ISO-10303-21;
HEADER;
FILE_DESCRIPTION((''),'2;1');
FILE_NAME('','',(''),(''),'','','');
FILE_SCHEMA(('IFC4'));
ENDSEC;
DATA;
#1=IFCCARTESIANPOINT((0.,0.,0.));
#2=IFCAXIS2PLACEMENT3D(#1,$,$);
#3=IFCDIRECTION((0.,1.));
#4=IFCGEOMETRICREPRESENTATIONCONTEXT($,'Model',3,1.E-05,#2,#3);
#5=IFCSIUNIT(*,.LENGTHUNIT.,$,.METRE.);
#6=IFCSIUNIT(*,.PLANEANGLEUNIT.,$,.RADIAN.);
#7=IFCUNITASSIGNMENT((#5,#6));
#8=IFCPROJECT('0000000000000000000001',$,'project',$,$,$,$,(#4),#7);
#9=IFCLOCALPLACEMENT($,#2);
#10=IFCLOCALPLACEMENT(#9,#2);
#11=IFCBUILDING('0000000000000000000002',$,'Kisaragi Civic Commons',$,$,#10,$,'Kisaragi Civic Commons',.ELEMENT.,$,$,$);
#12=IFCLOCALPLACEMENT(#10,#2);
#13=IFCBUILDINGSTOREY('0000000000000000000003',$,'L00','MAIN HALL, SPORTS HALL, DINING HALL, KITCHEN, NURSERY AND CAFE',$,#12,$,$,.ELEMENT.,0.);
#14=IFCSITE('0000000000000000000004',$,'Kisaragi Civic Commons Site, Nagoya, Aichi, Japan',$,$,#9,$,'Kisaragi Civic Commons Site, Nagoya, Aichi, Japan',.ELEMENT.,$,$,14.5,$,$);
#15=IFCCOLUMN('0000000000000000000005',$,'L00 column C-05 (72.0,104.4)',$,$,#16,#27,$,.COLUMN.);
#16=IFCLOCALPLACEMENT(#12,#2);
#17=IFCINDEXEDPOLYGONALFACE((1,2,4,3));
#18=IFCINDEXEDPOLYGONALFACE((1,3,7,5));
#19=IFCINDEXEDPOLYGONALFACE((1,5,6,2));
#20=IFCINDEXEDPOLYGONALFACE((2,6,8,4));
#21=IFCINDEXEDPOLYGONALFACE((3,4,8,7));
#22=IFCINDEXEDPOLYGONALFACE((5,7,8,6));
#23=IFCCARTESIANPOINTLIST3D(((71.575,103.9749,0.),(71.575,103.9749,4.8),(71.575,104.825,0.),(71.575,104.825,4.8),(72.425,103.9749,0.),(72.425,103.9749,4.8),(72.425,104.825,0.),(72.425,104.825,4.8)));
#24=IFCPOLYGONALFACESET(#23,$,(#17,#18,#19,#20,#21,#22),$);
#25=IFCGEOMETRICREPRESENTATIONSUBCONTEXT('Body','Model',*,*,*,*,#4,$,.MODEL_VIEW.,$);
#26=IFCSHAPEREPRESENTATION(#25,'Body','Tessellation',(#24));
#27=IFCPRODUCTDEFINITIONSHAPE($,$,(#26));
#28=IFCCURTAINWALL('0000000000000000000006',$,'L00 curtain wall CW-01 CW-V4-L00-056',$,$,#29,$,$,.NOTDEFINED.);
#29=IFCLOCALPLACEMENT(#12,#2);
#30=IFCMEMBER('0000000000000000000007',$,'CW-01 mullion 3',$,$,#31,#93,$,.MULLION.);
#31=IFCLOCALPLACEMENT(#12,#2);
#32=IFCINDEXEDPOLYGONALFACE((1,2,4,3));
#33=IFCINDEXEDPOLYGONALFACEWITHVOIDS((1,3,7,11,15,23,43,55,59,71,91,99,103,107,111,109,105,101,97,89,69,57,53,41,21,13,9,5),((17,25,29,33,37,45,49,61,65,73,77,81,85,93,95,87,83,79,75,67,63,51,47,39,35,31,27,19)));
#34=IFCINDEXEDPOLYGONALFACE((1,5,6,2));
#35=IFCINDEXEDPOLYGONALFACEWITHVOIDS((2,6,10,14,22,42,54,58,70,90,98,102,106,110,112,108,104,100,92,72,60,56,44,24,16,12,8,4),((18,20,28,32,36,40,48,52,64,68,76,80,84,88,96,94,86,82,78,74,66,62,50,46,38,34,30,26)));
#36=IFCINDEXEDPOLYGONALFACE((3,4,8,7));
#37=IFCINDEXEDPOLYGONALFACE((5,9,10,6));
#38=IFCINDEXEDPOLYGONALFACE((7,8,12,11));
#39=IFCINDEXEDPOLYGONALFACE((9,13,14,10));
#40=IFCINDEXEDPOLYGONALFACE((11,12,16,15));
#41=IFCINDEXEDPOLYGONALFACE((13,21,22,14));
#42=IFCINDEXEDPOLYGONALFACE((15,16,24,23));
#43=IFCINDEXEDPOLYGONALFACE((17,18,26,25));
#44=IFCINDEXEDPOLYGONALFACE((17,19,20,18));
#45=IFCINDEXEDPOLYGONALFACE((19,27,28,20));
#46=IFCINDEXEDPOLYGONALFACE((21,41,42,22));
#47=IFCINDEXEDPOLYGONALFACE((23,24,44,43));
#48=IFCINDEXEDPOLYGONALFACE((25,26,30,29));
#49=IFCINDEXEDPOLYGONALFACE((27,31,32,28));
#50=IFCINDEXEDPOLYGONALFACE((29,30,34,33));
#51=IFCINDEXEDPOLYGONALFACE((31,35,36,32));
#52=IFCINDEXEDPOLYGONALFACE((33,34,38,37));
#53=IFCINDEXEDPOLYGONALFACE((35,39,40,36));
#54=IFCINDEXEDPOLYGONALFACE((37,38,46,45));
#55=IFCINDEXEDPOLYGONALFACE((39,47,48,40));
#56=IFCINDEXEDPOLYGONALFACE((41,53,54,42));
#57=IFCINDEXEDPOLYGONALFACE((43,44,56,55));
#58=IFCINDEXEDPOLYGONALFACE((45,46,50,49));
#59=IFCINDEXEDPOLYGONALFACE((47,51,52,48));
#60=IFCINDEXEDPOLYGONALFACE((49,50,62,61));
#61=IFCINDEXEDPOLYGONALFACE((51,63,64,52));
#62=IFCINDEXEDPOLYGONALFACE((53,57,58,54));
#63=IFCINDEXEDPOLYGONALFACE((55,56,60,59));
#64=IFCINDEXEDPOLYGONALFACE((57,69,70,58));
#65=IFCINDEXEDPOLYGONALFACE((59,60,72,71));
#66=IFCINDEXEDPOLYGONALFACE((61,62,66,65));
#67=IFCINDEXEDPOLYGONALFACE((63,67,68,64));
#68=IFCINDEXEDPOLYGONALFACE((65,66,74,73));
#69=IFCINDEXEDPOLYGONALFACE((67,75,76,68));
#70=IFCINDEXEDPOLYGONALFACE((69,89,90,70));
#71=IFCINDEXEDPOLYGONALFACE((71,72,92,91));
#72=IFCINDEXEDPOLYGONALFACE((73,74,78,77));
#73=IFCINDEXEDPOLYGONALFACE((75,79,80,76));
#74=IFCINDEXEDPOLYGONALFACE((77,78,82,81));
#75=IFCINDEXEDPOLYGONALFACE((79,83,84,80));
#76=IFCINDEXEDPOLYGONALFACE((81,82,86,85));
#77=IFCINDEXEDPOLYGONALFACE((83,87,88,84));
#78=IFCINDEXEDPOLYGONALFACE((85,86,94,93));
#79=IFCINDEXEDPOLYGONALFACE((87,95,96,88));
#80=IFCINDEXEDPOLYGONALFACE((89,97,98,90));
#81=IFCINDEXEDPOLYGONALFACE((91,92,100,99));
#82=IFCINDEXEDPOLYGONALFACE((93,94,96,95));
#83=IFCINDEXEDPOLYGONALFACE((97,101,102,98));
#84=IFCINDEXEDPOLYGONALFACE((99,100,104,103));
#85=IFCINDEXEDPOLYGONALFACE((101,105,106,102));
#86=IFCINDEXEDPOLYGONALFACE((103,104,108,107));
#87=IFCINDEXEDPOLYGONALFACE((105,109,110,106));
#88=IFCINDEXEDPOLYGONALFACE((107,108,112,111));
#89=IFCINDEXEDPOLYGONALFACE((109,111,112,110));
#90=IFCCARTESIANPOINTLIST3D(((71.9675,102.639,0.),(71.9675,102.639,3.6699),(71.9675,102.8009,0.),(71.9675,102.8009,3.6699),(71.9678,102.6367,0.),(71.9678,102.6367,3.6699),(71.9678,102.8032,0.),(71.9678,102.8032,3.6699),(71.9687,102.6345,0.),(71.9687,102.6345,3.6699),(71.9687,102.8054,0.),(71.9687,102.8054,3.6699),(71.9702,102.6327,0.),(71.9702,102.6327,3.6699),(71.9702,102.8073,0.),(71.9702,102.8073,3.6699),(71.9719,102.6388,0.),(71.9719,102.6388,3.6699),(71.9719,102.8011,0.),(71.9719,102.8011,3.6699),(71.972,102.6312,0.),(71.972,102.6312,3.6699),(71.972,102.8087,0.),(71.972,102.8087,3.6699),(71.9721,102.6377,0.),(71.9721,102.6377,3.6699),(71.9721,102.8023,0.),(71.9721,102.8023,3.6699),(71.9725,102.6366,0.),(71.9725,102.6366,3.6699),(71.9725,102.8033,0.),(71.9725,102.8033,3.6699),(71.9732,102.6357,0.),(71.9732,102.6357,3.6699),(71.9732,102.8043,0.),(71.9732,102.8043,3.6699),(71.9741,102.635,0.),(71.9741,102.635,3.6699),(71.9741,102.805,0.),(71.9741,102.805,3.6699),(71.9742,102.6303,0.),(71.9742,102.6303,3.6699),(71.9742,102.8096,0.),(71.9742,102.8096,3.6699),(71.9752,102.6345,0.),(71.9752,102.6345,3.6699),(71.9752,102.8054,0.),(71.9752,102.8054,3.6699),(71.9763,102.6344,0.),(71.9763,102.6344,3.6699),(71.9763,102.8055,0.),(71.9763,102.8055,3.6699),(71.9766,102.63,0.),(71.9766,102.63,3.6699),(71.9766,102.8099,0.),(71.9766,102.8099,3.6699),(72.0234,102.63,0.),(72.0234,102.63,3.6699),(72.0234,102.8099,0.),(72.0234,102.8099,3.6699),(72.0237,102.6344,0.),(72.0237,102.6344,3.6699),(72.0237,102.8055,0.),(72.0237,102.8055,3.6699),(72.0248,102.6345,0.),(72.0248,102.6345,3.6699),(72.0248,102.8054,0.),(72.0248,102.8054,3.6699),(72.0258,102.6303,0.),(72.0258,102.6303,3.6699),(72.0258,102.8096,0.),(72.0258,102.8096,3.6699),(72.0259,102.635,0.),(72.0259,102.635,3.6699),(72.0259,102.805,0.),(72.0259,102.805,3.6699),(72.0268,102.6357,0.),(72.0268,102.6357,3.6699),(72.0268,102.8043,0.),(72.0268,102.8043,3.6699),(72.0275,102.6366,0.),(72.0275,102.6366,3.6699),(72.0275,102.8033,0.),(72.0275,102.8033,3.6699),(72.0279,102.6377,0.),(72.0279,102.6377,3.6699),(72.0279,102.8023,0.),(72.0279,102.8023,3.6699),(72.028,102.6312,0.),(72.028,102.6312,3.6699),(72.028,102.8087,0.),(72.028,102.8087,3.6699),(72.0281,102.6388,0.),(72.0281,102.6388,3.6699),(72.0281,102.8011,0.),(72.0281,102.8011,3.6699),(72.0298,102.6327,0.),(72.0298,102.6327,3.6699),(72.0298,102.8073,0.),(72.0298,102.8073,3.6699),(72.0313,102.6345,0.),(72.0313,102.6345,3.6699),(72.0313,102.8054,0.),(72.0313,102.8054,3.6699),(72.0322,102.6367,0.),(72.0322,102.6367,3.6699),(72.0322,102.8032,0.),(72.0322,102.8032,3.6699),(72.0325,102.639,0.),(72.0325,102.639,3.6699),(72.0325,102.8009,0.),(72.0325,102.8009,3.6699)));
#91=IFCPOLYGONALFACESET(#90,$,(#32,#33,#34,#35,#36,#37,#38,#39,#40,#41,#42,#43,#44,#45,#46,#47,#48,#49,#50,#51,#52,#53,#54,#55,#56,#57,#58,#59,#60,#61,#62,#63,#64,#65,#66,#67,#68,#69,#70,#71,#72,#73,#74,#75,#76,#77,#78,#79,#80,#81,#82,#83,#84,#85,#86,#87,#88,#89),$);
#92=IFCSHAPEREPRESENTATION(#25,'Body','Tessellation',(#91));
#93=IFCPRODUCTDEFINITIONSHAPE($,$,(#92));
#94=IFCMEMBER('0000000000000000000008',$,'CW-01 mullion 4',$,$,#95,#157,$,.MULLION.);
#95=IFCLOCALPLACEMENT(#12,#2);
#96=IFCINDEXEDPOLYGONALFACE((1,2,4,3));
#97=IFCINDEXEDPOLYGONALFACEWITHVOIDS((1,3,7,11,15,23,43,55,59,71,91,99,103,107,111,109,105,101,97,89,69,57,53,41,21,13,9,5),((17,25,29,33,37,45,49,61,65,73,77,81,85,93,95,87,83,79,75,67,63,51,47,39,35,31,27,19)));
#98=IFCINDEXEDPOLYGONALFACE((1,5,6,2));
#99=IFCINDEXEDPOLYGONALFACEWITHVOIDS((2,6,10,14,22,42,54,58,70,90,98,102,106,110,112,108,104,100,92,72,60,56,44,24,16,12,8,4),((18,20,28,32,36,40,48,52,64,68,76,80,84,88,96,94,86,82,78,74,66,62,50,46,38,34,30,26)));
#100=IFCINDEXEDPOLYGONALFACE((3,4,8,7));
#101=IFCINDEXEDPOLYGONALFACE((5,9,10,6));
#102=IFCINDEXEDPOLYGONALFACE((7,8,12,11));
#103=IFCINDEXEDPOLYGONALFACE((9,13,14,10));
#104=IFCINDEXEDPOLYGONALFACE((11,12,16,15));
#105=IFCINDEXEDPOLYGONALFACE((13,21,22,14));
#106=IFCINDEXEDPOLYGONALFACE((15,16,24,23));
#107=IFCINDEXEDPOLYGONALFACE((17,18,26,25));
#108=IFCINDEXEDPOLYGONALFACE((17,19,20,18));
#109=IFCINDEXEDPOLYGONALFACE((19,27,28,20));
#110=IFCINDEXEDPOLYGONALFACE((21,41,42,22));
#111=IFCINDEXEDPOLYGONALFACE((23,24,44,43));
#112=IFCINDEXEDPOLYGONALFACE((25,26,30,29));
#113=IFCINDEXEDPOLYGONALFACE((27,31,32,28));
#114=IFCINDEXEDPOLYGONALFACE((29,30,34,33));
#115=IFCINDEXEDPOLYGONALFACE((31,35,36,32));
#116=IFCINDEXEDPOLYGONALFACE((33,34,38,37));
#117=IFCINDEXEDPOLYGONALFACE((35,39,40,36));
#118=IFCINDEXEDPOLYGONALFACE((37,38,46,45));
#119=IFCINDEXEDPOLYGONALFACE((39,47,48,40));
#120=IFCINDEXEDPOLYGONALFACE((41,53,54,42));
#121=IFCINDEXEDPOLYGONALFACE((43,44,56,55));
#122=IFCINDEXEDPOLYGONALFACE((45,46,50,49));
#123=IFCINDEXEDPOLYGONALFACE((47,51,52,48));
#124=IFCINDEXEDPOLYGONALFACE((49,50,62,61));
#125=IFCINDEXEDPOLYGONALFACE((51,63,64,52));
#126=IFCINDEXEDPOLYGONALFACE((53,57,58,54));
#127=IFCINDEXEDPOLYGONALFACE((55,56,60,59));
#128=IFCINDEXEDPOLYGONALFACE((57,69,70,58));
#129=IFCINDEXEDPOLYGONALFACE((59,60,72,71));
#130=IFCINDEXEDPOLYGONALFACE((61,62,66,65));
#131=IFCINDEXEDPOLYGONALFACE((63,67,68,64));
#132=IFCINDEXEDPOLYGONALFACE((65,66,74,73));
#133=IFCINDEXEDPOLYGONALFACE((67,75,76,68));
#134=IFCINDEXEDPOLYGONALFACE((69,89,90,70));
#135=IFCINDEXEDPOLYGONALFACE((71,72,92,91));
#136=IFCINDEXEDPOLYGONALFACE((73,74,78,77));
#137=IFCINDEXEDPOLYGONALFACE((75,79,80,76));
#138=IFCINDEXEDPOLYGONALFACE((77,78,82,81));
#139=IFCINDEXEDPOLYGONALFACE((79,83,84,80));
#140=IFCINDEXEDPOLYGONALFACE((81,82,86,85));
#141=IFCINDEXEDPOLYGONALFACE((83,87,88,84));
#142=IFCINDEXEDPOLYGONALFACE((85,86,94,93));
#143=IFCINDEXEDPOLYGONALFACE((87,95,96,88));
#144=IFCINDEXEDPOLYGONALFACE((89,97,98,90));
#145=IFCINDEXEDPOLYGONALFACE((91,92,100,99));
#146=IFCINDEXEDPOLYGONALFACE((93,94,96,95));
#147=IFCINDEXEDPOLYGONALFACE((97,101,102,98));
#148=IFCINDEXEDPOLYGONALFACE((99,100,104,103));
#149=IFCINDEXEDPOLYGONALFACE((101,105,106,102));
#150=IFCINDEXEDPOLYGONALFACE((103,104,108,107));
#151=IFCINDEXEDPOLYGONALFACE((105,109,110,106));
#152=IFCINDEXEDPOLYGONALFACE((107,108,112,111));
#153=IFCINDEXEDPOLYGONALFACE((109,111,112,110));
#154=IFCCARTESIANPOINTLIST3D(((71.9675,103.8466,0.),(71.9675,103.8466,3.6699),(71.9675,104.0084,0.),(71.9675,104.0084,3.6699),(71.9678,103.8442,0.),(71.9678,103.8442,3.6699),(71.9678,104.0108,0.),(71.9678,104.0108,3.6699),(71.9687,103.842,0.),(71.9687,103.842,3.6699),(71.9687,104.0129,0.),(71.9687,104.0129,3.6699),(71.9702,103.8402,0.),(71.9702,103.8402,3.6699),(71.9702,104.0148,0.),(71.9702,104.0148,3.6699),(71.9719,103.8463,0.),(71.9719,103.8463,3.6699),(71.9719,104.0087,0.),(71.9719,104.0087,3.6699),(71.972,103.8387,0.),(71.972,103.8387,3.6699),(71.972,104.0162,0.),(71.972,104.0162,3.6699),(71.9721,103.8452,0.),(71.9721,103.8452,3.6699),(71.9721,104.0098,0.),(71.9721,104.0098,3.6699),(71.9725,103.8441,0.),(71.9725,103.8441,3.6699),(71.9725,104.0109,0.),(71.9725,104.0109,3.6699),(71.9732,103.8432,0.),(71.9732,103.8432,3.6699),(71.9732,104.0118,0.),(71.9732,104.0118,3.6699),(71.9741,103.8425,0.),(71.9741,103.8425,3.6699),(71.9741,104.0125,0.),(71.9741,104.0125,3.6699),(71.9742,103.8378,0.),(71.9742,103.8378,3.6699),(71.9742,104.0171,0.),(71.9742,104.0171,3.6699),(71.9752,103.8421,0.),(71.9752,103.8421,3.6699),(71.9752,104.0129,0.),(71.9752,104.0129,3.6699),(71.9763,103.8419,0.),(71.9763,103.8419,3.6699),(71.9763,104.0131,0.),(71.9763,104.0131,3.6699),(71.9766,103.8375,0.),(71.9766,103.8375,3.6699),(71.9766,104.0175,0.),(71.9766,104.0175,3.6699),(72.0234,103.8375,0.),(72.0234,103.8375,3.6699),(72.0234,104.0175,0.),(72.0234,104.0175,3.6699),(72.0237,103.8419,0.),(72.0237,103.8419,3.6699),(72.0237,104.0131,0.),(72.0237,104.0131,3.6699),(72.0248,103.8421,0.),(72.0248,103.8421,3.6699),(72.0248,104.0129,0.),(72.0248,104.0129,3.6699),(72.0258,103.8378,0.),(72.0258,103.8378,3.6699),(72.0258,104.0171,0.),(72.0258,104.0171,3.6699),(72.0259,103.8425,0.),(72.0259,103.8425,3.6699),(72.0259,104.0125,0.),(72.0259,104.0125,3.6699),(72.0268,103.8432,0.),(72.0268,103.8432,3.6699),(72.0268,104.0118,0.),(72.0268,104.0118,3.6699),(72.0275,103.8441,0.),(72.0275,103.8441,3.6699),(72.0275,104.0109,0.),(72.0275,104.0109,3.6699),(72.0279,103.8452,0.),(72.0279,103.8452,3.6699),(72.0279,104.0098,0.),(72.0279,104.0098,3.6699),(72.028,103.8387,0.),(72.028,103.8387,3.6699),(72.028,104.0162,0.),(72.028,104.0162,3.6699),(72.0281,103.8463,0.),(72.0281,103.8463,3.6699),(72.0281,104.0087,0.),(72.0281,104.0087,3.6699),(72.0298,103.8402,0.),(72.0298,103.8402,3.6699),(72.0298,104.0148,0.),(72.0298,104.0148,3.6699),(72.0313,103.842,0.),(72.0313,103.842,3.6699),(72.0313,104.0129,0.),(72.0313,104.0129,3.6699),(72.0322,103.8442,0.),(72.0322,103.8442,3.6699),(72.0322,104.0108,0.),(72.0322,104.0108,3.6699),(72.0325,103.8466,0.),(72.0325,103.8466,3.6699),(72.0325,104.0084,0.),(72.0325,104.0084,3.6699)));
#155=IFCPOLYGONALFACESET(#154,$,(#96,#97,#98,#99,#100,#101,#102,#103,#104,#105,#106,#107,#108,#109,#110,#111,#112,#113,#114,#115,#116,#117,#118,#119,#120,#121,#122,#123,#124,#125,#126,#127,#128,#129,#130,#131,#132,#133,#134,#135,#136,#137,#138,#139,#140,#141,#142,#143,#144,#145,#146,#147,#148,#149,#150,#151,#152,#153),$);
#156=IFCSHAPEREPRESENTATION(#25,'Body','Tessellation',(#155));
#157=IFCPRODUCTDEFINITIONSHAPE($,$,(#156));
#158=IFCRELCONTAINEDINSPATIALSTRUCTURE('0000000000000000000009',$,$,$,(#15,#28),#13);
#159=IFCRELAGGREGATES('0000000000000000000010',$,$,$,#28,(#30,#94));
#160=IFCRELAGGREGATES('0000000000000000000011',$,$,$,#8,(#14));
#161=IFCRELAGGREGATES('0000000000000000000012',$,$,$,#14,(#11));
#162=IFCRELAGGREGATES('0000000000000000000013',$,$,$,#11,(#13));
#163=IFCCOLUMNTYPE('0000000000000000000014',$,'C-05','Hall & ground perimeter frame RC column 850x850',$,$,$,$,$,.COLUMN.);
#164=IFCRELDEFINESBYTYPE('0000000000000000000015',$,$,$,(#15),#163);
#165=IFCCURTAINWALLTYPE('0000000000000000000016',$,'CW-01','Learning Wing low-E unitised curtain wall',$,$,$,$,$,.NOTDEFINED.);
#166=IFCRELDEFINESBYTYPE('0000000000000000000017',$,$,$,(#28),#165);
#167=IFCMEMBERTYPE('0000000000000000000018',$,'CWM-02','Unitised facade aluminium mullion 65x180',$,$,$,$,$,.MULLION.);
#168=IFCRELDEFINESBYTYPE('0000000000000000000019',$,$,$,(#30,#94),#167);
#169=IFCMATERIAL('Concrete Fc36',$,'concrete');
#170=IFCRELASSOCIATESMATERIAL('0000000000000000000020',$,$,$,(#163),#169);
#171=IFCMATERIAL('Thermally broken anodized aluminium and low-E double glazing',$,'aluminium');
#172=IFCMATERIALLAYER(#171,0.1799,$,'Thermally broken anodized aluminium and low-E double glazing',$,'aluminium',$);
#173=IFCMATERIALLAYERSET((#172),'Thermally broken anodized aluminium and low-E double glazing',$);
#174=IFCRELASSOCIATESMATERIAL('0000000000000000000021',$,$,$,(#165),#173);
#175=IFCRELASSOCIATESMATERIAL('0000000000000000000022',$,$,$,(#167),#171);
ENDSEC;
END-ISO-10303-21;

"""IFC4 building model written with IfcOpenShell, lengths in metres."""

from ifc_helpers import new_model, si_unit, direction, frame, origin, origin_2d, place, context, subcontext, project, spatial, rectangle, hollow_rectangle, extrude, material, layer, layer_set, material_profile, profile_set, type_object, element, aggregate, save


model = new_model("IFC4")

# Units and contexts
model_context = context("Model", 3, precision=1e-05, world=origin(), true_north=direction((0.0, 1.0)))
body_context = subcontext(model_context, "Body", "Model", "MODEL_VIEW")
ifc_project = project(units=[si_unit("LENGTHUNIT", "METRE"), si_unit("PLANEANGLEUNIT", "RADIAN")], contexts=[model_context])

# Site, building, storey
site_placement = place(None, origin())
site = spatial("IfcSite", under=ifc_project, at=site_placement, Name="Kisaragi Civic Commons Site, Nagoya, Aichi, Japan", LongName="Kisaragi Civic Commons Site, Nagoya, Aichi, Japan", CompositionType="ELEMENT", RefElevation=14.5)
building_placement = place(site_placement, origin())
building = spatial("IfcBuilding", under=site, at=building_placement, Name="Kisaragi Civic Commons", LongName="Kisaragi Civic Commons", CompositionType="ELEMENT")
storey_placement = place(building_placement, origin())
storey = spatial("IfcBuildingStorey", under=building, at=storey_placement, Name="L00", Description="MAIN HALL, SPORTS HALL, DINING HALL, KITCHEN, NURSERY AND CAFE", CompositionType="ELEMENT", Elevation=0.0)

# Column
ifc_material_1 = material(Name="Concrete Fc36", Category="concrete")
ifc_material_profile_1 = material_profile(ifc_material_1, rectangle(XDim=0.8501, YDim=0.8501, at=origin_2d()), Name="RC-850x850", Category="concrete")
ifc_profile_set_1 = profile_set([ifc_material_profile_1], Name="Concrete Fc36")
column_type = type_object("IfcColumnType", Name="C-05", Description="Hall & ground perimeter frame RC column 850x850", PredefinedType="COLUMN", material=ifc_profile_set_1)
column_placement = place(storey_placement, frame((72.0, 104.3999, 0.0), z_axis=(0.0, 0.0, 1.0), x_axis=(1.0, 0.0, 0.0)))
element("IfcColumn", 1, at=column_placement, inside=storey, type_object=column_type, Name="L00 column C-05 (72.0,104.4)", PredefinedType="COLUMN", context=body_context, shape_type="SweptSolid", body=[
    extrude(rectangle(XDim=0.8501, YDim=0.8501, at=origin_2d()), origin(), (0.0, 0.0, 1.0), 4.8),
])

# Curtain wall, members
ifc_material_2 = material(Name="Thermally broken anodized aluminium and low-E double glazing", Category="aluminium")
ifc_layer_1 = layer(ifc_material_2, 0.1799, Name="Thermally broken anodized aluminium and low-E double glazing", Category="aluminium")
ifc_layer_set_1 = layer_set([ifc_layer_1], Name="Thermally broken anodized aluminium and low-E double glazing")
curtain_wall_type = type_object("IfcCurtainWallType", Name="CW-01", Description="Learning Wing low-E unitised curtain wall", PredefinedType="NOTDEFINED", material=ifc_layer_set_1)
curtain_wall_placement = place(storey_placement, origin())
curtain_wall = element("IfcCurtainWall", 2, at=curtain_wall_placement, inside=storey, type_object=curtain_wall_type, Name="L00 curtain wall CW-01 CW-V4-L00-056", PredefinedType="NOTDEFINED")
ifc_material_profile_2 = material_profile(ifc_material_2, hollow_rectangle(XDim=0.0649, YDim=0.1799, WallThickness=0.0044, InnerFilletRadius=0.0044, OuterFilletRadius=0.009, at=origin_2d()), Name="CWM-65x180x4.5", Category="aluminium")
ifc_profile_set_2 = profile_set([ifc_material_profile_2], Name="Thermally broken anodized aluminium and low-E double glazing")
member_type_1 = type_object("IfcMemberType", Name="CWM-02", Description="Unitised facade aluminium mullion 65x180", PredefinedType="MULLION", material=ifc_profile_set_2)
member_1_placement = place(storey_placement, frame((72.0, 102.72, 0.0), z_axis=(0.0, 0.0, 1.0), x_axis=(-1.0, 0.0, 0.0)))
member_1 = element("IfcMember", 3, at=member_1_placement, type_object=member_type_1, Name="CW-01 mullion 3", PredefinedType="MULLION", context=body_context, shape_type="SweptSolid", body=[
    extrude(hollow_rectangle(XDim=0.0649, YDim=0.1799, WallThickness=0.0044, InnerFilletRadius=0.0044, OuterFilletRadius=0.009, at=origin_2d()), origin(), (0.0, 0.0, 1.0), 3.6699),
])
member_2_placement = place(storey_placement, frame((72.0, 103.9275, 0.0), z_axis=(0.0, 0.0, 1.0), x_axis=(-1.0, 0.0, 0.0)))
member_2 = element("IfcMember", 4, at=member_2_placement, type_object=member_type_1, Name="CW-01 mullion 4", PredefinedType="MULLION", context=body_context, shape_type="SweptSolid", body=[
    extrude(hollow_rectangle(XDim=0.0649, YDim=0.1799, WallThickness=0.0044, InnerFilletRadius=0.0044, OuterFilletRadius=0.009, at=origin_2d()), origin(), (0.0, 0.0, 1.0), 3.6699),
])

aggregate(curtain_wall, [member_1, member_2])

save(model, "model.ifc")
